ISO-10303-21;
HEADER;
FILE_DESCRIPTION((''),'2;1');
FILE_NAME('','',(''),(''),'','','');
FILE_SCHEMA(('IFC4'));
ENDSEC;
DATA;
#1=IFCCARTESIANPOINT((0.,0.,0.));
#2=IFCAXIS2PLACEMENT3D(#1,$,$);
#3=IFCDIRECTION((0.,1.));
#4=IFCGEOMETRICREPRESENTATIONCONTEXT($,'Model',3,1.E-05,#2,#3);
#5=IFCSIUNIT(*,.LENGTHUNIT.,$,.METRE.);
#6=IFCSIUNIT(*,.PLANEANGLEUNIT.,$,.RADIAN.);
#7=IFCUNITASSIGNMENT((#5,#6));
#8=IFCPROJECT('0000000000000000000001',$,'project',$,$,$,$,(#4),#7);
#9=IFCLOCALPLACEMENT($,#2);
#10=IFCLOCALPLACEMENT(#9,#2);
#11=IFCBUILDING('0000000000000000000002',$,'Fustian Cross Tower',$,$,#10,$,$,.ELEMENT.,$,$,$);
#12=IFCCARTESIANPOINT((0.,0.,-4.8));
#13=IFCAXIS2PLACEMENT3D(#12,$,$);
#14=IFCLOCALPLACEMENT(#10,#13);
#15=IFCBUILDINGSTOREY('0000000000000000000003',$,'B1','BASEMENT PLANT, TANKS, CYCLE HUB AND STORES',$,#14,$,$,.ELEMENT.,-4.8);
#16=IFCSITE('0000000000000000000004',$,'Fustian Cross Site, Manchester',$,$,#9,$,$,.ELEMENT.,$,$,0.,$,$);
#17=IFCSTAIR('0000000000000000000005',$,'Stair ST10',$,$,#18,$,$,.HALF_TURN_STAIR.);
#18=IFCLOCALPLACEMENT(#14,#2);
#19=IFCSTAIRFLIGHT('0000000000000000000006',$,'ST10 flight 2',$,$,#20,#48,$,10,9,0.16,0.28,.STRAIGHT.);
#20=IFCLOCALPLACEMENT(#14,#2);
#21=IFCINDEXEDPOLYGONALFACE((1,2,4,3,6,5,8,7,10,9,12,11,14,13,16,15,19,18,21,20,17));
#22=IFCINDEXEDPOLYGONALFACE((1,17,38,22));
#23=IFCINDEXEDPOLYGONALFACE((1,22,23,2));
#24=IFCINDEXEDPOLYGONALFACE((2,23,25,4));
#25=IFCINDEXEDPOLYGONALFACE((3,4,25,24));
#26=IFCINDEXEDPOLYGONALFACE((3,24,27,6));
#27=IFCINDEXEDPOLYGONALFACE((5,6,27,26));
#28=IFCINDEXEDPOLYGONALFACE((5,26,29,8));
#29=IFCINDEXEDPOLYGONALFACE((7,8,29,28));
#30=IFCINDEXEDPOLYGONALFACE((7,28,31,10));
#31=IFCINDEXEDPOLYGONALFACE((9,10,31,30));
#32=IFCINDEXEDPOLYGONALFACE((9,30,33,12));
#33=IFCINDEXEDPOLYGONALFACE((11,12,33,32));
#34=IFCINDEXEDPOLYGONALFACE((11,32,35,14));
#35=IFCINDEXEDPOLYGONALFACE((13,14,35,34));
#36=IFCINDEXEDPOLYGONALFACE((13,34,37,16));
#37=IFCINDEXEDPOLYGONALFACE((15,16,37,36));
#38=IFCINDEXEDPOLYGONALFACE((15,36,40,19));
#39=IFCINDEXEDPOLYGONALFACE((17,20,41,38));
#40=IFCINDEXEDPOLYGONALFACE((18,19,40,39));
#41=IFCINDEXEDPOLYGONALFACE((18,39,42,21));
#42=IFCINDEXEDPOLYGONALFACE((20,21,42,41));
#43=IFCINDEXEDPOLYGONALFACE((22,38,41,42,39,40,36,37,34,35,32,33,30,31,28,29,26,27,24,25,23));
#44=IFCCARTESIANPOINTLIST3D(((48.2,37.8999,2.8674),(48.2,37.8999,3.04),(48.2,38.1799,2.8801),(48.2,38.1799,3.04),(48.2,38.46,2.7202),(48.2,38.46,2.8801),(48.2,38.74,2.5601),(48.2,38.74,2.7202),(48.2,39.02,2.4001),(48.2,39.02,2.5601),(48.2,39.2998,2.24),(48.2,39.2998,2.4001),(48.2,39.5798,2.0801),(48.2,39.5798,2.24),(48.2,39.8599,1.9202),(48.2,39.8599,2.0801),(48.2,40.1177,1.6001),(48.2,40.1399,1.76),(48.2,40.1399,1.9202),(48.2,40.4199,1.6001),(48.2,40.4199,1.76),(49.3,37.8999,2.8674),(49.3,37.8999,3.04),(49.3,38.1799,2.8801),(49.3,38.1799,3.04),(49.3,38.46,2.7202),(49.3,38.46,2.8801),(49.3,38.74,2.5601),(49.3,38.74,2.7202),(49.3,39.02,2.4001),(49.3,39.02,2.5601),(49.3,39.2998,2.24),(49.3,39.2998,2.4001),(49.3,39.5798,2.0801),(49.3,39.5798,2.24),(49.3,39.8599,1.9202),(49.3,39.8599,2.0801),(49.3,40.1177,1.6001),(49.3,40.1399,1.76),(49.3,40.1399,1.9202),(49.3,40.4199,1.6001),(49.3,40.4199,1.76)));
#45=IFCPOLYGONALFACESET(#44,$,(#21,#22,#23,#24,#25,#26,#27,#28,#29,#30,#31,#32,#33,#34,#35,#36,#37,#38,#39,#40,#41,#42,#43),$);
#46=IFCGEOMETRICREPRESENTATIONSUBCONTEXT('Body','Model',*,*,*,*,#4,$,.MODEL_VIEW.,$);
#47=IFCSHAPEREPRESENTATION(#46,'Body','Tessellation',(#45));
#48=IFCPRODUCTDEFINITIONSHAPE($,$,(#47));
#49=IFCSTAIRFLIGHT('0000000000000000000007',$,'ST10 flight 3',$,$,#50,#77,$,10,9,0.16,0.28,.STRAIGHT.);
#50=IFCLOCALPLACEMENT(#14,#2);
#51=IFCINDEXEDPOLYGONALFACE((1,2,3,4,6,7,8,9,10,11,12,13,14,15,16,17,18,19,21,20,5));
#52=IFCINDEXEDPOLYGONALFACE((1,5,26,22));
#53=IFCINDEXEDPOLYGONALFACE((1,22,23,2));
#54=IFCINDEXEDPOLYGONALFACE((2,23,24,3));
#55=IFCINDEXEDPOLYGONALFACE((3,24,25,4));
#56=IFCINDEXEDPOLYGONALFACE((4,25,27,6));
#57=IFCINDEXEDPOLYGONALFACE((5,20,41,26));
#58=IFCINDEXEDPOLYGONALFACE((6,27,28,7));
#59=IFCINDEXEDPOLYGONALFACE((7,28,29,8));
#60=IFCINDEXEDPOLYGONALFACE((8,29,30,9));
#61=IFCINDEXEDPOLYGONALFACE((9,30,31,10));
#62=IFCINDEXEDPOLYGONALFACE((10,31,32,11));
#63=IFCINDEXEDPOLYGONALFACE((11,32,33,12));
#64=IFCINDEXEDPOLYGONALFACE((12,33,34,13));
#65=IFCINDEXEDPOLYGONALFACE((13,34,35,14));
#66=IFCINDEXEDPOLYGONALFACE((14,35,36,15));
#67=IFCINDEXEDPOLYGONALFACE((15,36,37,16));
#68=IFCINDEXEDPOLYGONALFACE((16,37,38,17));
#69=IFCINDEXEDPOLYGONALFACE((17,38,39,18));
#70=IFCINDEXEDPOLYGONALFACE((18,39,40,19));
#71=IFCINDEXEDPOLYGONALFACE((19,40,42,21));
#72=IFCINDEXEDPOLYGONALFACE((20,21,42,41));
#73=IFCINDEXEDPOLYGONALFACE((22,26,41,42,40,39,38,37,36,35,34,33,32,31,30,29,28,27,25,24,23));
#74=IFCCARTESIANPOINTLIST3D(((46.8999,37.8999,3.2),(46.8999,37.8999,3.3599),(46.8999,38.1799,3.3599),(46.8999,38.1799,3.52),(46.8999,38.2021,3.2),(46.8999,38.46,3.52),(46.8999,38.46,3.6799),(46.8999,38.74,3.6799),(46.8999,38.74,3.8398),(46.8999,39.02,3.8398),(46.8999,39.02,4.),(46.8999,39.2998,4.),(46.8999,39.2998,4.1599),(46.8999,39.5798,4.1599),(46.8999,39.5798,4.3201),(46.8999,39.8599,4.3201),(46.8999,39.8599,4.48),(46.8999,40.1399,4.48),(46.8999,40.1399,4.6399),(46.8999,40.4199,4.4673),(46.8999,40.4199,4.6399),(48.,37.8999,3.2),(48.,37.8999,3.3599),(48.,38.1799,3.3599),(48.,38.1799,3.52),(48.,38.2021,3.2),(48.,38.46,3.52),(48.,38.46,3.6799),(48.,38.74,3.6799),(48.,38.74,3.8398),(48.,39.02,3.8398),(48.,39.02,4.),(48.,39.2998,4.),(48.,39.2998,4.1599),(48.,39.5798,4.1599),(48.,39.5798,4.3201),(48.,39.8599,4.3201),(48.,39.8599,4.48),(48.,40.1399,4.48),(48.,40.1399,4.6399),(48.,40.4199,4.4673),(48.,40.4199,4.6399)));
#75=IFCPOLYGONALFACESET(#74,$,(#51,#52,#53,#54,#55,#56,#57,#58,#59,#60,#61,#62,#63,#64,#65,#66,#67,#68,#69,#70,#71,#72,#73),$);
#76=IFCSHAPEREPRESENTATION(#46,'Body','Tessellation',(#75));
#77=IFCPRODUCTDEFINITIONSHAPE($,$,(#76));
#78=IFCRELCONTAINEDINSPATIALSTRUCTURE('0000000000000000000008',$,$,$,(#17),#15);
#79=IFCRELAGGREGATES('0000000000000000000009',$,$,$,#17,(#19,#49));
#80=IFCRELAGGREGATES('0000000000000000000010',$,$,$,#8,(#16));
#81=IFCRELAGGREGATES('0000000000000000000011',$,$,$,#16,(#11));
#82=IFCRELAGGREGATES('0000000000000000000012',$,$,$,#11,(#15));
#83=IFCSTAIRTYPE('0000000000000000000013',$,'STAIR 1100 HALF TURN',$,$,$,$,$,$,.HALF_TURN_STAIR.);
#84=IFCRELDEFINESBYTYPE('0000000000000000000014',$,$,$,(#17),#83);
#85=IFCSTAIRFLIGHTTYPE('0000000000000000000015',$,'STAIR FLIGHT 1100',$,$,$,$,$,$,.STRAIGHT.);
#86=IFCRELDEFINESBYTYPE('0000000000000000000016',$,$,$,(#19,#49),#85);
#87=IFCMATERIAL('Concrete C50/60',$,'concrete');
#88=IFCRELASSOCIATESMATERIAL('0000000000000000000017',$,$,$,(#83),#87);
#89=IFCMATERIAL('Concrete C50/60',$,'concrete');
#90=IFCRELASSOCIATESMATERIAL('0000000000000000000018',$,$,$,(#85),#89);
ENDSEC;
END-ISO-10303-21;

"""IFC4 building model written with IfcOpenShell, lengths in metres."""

from ifc_helpers import new_model, si_unit, direction, frame, origin, place, context, subcontext, project, spatial, polyline, outline, extrude, material, type_object, element, aggregate, save


model = new_model("IFC4")

# Units and contexts
model_context = context("Model", 3, precision=1e-05, world=origin(), true_north=direction((0.0, 1.0)))
body_context = subcontext(model_context, "Body", "Model", "MODEL_VIEW")
ifc_project = project(units=[si_unit("LENGTHUNIT", "METRE"), si_unit("PLANEANGLEUNIT", "RADIAN")], contexts=[model_context])

# Site, building, storey
site_placement = place(None, origin())
site = spatial("IfcSite", under=ifc_project, at=site_placement, Name="Fustian Cross Site, Manchester", CompositionType="ELEMENT", RefElevation=0.0)
building_placement = place(site_placement, origin())
building = spatial("IfcBuilding", under=site, at=building_placement, Name="Fustian Cross Tower", CompositionType="ELEMENT")
storey_placement = place(building_placement, frame((0.0, 0.0, -4.8)))
storey = spatial("IfcBuildingStorey", under=building, at=storey_placement, Name="B1", Description="BASEMENT PLANT, TANKS, CYCLE HUB AND STORES", CompositionType="ELEMENT", Elevation=-4.8)

# Stair, stair flights
ifc_material_1 = material(Name="Concrete C50/60", Category="concrete")
stair_type = type_object("IfcStairType", Name="STAIR 1100 HALF TURN", PredefinedType="HALF_TURN_STAIR", material=ifc_material_1)
stair_placement = place(storey_placement, origin())
stair = element("IfcStair", 1, at=stair_placement, inside=storey, type_object=stair_type, Name="Stair ST10", PredefinedType="HALF_TURN_STAIR")
ifc_material_2 = material(Name="Concrete C50/60", Category="concrete")
stair_flight_type = type_object("IfcStairFlightType", Name="STAIR FLIGHT 1100", PredefinedType="STRAIGHT", material=ifc_material_2)
stair_flight_1_placement = place(storey_placement, frame((48.75, 40.4199, 1.6001), z_axis=(0.0, 0.0, 1.0), x_axis=(0.0, -1.0, 0.0)))
stair_flight_1 = element("IfcStairFlight", 2, at=stair_flight_1_placement, type_object=stair_flight_type, Name="ST10 flight 2", NumberOfRisers=10, NumberOfTreads=9, PredefinedType="STRAIGHT", RiserHeight=0.16, TreadLength=0.28, context=body_context, shape_type="SweptSolid", body=[
    extrude(outline(polyline([(0.0, 0.0), (0.0, 0.1599), (0.28, 0.1599), (0.28, 0.3201), (0.5601, 0.3201), (0.5601, 0.48), (0.8401, 0.48), (0.8401, 0.6399), (1.1201, 0.6399), (1.1201, 0.8), (1.3999, 0.8), (1.3999, 0.96), (1.6799, 0.96), (1.6799, 1.1201), (1.96, 1.1201), (1.96, 1.28), (2.24, 1.28), (2.24, 1.4399), (2.52, 1.4399), (2.52, 1.6001), (2.52, 1.2673), (0.3022, 0.0), (0.0, 0.0)])), frame((0.0, 0.55, 0.0), z_axis=(0.0, -1.0, 0.0), x_axis=(1.0, 0.0, 0.0)), (0.0, 0.0, 1.0), 1.1001),
])
stair_flight_2_placement = place(storey_placement, frame((47.45, 37.8999, 3.2), z_axis=(0.0, 0.0, 1.0), x_axis=(0.0, 1.0, 0.0)))
stair_flight_2 = element("IfcStairFlight", 3, at=stair_flight_2_placement, type_object=stair_flight_type, Name="ST10 flight 3", NumberOfRisers=10, NumberOfTreads=9, PredefinedType="STRAIGHT", RiserHeight=0.16, TreadLength=0.28, context=body_context, shape_type="SweptSolid", body=[
    extrude(outline(polyline([(0.0, 0.0), (0.0, 0.1599), (0.28, 0.1599), (0.28, 0.3201), (0.5601, 0.3201), (0.5601, 0.48), (0.8401, 0.48), (0.8401, 0.6399), (1.1201, 0.6399), (1.1201, 0.8), (1.3999, 0.8), (1.3999, 0.96), (1.6799, 0.96), (1.6799, 1.1201), (1.96, 1.1201), (1.96, 1.28), (2.24, 1.28), (2.24, 1.4399), (2.52, 1.4399), (2.52, 1.6001), (2.52, 1.2673), (0.3022, 0.0), (0.0, 0.0)])), frame((0.0, 0.55, 0.0), z_axis=(0.0, -1.0, 0.0), x_axis=(1.0, 0.0, 0.0)), (0.0, 0.0, 1.0), 1.1001),
])
aggregate(stair, [stair_flight_1, stair_flight_2])

save(model, "model.ifc")
